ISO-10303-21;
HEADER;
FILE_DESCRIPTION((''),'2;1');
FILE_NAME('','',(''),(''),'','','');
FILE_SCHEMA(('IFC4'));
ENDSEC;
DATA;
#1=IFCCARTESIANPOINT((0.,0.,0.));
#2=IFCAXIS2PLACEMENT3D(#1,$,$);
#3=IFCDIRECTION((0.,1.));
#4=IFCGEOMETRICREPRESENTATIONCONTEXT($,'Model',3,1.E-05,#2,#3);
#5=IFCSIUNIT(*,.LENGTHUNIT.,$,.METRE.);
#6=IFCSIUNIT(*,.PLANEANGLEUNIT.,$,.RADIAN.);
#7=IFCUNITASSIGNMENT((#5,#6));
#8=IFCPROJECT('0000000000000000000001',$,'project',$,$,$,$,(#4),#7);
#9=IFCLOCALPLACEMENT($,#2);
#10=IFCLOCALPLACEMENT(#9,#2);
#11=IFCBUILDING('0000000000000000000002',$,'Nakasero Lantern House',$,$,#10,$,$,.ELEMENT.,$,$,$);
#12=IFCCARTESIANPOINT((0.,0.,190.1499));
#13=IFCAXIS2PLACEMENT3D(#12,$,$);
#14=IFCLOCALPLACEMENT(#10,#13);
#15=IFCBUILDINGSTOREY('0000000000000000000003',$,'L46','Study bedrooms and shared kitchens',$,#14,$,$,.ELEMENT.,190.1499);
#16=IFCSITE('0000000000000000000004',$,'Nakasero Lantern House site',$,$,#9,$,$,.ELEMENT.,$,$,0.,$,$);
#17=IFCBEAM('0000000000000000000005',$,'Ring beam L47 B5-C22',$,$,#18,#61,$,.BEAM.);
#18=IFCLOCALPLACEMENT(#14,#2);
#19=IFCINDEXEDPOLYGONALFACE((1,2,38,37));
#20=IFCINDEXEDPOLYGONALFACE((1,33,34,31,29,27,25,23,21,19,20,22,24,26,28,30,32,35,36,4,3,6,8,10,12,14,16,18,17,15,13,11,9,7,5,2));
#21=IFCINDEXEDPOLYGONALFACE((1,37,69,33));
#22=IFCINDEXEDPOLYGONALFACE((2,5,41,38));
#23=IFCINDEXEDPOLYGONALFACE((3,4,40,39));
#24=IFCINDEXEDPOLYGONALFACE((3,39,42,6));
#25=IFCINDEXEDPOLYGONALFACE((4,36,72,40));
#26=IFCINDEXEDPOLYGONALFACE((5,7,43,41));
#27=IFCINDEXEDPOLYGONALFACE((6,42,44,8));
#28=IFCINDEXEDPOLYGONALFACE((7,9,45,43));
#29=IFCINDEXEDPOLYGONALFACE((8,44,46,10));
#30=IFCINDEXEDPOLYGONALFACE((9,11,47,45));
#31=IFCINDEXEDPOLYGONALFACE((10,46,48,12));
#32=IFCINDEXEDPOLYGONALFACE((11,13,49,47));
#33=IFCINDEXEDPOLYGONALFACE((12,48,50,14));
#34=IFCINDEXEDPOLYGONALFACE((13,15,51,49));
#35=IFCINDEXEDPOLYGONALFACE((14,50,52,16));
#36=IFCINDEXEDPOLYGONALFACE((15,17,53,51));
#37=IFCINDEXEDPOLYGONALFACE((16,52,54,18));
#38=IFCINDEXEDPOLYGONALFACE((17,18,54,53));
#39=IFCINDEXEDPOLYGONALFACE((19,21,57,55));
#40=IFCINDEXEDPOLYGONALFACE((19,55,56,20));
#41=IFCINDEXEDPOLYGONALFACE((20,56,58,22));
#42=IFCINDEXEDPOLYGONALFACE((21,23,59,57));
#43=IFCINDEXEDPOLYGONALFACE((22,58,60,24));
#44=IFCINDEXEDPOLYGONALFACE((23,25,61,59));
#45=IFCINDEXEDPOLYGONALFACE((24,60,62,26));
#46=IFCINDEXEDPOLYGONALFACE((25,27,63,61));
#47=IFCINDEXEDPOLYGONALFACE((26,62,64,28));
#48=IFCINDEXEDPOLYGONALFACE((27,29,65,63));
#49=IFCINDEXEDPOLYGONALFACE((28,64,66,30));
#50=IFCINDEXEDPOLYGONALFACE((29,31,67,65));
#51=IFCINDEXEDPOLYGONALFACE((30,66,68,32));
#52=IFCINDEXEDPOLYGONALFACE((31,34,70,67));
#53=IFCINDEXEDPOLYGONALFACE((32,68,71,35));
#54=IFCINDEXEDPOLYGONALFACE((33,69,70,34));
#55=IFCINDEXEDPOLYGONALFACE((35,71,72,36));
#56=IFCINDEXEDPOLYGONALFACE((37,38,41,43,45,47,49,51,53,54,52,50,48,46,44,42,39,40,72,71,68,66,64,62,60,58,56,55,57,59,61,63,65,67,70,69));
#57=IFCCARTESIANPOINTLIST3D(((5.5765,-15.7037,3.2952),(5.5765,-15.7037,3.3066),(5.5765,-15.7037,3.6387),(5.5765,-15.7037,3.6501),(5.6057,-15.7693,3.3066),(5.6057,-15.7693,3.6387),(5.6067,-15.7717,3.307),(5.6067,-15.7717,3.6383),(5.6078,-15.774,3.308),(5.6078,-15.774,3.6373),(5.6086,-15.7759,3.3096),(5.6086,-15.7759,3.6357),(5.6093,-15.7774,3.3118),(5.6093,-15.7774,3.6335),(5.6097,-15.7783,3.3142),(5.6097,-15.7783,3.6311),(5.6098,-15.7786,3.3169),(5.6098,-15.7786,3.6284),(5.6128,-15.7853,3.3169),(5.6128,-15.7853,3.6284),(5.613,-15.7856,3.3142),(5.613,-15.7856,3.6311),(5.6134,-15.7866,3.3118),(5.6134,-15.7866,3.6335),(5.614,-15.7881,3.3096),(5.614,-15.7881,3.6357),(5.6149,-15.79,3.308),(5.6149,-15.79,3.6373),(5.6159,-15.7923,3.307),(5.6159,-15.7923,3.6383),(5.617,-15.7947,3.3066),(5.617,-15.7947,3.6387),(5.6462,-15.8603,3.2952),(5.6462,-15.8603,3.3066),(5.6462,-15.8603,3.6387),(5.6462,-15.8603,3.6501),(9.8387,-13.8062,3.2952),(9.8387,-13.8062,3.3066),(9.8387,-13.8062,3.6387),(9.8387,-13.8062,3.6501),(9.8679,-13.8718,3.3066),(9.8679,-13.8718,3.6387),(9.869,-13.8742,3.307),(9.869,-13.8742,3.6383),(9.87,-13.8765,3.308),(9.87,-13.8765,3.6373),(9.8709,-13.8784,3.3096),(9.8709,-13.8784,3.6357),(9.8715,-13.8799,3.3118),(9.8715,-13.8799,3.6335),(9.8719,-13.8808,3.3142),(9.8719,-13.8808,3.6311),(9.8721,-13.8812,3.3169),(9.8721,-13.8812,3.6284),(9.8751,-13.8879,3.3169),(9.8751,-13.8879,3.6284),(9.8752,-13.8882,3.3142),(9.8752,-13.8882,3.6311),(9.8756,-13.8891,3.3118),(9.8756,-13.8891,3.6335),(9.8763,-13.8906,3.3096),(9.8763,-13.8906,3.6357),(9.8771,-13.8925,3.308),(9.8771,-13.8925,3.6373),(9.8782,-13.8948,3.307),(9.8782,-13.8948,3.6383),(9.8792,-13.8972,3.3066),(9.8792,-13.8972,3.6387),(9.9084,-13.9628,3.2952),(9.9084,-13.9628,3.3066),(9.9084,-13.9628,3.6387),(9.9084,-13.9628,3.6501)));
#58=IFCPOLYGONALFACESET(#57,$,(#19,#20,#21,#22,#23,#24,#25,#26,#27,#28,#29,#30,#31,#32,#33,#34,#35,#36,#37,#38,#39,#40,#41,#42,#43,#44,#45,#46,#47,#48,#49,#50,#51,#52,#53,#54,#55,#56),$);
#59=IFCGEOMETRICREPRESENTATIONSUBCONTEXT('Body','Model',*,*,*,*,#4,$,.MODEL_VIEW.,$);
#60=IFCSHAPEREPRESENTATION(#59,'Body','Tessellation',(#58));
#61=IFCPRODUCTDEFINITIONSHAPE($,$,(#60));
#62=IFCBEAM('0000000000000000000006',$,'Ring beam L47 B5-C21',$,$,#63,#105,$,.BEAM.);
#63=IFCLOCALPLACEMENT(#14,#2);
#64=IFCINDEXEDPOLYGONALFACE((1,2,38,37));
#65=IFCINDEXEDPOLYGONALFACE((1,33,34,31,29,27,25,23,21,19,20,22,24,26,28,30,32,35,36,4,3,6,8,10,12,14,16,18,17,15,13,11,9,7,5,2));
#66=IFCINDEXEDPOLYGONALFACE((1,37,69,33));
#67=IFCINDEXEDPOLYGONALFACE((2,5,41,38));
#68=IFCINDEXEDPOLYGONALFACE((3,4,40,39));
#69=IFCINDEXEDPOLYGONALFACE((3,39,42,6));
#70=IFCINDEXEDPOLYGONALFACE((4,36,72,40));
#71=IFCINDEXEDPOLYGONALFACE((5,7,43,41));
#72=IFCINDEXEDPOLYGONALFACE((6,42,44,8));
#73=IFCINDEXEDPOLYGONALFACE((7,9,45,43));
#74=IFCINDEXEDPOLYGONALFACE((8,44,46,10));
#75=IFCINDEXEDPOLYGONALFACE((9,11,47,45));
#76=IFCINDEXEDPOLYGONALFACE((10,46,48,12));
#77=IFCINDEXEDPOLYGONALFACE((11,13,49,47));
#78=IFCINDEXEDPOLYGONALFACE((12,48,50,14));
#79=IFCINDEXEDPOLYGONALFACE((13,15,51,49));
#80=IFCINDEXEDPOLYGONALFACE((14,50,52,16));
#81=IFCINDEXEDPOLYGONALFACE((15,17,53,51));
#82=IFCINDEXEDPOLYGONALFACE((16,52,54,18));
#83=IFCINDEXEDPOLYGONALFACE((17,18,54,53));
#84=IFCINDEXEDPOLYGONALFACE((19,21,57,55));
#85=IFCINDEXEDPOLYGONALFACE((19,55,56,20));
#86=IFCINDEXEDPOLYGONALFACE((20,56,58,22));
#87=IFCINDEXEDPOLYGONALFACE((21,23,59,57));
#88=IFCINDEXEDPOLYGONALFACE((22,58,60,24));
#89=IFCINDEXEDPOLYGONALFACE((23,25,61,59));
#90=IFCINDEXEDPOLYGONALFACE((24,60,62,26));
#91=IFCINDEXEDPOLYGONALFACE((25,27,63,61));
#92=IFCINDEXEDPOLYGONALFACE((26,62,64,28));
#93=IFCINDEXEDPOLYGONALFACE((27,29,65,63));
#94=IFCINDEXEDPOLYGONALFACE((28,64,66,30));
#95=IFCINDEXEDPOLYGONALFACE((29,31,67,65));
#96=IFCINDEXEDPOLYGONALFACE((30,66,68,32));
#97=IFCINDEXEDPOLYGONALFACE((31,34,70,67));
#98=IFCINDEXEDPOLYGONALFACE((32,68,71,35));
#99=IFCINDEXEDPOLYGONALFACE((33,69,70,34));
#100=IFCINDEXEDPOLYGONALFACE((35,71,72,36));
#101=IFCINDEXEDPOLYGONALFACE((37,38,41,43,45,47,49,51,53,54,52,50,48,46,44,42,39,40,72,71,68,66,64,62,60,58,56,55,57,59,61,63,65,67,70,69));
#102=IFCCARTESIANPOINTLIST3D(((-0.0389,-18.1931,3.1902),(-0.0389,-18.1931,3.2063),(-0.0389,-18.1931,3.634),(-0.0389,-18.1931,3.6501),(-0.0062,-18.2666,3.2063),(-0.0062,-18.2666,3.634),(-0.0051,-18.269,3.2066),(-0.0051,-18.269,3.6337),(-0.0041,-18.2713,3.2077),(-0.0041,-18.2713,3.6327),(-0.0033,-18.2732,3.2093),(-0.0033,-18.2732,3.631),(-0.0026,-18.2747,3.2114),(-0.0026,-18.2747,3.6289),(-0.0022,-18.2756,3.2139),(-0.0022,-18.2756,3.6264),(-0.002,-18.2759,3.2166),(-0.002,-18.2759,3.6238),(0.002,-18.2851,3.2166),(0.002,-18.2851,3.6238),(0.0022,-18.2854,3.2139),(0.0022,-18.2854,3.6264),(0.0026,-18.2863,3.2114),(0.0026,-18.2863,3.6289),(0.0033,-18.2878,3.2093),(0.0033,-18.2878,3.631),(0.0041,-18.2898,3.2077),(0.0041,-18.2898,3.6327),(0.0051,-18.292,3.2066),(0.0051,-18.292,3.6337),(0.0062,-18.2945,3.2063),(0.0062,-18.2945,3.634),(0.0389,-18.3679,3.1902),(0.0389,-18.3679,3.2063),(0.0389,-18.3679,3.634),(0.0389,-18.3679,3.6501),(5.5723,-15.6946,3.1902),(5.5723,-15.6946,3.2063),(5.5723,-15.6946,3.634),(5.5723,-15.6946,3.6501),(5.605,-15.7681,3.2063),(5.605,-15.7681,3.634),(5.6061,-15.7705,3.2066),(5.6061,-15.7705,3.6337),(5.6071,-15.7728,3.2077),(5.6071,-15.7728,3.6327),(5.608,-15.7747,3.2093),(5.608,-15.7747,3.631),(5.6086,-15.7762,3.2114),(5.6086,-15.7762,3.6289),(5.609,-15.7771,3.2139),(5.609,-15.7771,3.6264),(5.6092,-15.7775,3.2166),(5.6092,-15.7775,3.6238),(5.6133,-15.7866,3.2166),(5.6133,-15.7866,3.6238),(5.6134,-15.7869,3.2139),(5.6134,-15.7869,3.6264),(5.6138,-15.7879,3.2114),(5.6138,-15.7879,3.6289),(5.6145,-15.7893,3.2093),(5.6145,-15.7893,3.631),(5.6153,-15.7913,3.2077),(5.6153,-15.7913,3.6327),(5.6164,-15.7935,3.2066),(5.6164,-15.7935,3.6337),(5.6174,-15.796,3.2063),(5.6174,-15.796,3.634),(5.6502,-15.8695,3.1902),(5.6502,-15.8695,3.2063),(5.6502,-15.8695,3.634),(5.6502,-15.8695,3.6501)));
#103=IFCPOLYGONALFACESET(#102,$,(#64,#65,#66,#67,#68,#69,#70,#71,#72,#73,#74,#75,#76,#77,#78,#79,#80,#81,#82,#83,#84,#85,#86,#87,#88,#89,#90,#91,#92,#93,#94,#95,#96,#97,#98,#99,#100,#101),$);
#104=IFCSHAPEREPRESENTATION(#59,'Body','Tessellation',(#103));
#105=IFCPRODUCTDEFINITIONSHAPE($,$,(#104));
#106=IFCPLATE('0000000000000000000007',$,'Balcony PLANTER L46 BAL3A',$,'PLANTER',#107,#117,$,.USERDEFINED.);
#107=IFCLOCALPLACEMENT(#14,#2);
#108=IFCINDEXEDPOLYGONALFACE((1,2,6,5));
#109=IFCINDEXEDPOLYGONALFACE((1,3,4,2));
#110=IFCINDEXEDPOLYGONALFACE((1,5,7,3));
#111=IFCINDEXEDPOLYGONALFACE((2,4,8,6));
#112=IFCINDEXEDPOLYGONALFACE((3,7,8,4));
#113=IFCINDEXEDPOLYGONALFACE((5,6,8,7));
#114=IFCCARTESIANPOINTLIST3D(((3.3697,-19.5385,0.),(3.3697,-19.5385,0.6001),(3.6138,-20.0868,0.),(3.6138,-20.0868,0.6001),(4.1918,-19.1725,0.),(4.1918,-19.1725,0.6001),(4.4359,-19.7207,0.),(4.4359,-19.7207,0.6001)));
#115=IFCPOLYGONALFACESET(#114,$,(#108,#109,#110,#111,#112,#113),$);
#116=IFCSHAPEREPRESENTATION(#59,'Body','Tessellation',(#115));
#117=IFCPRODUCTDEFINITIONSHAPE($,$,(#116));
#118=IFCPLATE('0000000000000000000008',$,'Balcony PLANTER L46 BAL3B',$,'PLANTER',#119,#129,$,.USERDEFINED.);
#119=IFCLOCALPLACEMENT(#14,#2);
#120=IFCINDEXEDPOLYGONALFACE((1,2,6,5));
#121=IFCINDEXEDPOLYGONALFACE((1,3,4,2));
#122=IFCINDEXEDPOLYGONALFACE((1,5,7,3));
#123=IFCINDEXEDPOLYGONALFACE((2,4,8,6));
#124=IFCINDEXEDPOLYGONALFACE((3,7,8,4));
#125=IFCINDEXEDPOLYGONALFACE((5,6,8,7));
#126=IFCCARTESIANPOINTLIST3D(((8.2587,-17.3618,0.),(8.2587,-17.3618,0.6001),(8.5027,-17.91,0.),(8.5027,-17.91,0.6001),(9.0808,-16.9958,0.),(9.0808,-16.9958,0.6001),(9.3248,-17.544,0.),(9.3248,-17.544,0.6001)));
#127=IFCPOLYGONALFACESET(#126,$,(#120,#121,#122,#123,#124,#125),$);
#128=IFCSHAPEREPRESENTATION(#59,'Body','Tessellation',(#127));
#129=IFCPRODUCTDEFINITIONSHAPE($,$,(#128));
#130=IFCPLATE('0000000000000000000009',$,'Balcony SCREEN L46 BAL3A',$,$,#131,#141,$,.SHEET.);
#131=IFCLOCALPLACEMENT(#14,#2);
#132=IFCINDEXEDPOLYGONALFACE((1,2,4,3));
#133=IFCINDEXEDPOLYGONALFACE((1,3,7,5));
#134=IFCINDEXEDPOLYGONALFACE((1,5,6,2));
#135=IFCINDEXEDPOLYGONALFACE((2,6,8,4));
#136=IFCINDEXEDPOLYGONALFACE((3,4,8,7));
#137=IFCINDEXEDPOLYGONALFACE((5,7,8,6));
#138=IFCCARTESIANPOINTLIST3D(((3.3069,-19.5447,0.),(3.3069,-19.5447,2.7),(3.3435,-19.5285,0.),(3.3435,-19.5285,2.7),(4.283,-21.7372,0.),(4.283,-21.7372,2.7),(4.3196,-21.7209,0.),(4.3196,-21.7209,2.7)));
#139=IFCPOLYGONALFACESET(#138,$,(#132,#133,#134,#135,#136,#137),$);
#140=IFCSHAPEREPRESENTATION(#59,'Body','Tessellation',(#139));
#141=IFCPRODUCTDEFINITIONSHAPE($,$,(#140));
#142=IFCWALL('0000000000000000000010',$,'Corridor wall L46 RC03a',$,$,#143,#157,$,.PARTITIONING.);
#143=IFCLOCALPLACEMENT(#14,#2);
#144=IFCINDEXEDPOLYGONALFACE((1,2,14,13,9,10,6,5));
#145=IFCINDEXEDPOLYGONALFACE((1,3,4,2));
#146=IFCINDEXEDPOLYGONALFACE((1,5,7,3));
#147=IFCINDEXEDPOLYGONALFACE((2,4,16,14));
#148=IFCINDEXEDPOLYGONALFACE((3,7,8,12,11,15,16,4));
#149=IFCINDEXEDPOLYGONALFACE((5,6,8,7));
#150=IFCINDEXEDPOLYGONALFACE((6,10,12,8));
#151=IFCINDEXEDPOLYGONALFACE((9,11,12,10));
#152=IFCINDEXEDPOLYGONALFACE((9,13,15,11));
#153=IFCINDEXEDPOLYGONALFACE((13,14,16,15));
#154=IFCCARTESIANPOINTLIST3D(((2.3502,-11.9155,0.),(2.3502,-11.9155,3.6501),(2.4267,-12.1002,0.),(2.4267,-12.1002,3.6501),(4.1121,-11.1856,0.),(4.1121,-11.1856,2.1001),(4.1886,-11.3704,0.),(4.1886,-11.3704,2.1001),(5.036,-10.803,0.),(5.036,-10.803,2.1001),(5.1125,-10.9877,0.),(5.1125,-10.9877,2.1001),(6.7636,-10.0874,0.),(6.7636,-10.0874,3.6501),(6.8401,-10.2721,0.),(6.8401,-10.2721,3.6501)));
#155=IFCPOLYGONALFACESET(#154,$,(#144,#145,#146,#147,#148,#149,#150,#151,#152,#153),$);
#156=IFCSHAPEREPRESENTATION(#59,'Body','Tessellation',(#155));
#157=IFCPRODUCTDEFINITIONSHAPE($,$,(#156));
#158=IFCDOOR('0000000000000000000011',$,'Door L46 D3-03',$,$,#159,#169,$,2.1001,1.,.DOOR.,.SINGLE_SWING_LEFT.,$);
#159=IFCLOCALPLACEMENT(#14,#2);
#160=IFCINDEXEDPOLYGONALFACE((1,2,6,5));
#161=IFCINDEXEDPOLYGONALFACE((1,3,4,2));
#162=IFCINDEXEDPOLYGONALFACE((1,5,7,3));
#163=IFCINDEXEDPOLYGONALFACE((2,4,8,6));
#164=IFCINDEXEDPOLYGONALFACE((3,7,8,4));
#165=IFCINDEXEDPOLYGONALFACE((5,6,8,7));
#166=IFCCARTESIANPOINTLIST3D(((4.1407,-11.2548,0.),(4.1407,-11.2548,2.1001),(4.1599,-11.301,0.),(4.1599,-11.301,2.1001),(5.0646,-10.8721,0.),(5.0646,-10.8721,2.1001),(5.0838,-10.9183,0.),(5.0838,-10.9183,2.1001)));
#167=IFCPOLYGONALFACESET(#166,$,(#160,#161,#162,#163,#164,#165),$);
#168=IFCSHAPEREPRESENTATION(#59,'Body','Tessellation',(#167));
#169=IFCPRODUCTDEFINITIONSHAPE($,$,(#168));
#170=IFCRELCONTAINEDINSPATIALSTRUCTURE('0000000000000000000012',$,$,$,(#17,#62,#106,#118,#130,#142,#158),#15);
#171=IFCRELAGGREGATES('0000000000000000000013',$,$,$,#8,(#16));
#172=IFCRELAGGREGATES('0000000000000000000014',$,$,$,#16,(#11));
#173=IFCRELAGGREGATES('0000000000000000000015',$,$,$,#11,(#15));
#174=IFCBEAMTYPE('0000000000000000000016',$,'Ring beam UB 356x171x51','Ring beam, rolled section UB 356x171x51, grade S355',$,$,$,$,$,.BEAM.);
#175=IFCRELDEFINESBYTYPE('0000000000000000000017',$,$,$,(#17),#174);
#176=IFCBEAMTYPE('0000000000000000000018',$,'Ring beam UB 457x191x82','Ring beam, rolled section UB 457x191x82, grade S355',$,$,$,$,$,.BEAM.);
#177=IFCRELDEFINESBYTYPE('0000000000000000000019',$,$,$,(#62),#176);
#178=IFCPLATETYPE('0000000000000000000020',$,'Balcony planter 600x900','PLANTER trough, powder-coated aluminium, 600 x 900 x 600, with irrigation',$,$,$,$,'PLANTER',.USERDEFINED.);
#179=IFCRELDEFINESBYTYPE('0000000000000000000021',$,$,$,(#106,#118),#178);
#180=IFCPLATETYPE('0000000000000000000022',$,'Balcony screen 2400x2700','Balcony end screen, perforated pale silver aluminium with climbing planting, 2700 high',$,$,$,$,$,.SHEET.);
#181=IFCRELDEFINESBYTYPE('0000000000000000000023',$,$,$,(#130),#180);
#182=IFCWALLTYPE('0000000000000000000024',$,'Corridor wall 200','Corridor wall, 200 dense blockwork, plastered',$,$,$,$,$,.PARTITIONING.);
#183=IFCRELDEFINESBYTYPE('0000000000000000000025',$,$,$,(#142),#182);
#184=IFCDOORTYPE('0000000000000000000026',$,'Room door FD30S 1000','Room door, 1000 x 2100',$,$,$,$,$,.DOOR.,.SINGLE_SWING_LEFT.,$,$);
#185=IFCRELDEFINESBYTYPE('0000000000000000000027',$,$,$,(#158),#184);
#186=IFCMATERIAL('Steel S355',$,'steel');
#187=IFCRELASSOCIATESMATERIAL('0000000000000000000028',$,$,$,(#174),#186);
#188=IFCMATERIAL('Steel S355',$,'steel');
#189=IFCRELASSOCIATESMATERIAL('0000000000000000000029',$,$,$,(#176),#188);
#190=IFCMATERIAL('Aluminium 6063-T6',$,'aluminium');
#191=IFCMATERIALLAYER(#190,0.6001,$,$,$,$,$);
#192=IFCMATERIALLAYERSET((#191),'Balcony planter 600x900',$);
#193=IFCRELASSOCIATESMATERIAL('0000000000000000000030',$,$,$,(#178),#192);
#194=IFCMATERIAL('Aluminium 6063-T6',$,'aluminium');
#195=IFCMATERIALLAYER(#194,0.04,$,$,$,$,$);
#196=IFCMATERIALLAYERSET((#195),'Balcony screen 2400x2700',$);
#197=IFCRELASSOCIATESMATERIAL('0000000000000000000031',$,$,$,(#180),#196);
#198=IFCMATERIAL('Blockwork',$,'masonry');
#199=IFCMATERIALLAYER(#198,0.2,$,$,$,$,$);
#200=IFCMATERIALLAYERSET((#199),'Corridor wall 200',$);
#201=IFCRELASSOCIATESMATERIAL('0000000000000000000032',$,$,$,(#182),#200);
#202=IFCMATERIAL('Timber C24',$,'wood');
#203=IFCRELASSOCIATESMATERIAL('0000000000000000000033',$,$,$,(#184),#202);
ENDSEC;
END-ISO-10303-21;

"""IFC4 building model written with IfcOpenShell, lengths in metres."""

from ifc_helpers import new_model, si_unit, direction, frame, frame_2d, origin, origin_2d, place, context, subcontext, project, spatial, rectangle, i_section, extrude, material, layer, layer_set, material_profile, profile_set, type_object, element, fill, save


model = new_model("IFC4")

# Units and contexts
model_context = context("Model", 3, precision=1e-05, world=origin(), true_north=direction((0.0, 1.0)))
body_context = subcontext(model_context, "Body", "Model", "MODEL_VIEW")
ifc_project = project(units=[si_unit("LENGTHUNIT", "METRE"), si_unit("PLANEANGLEUNIT", "RADIAN")], contexts=[model_context])

# Site, building, storey
site_placement = place(None, origin())
site = spatial("IfcSite", under=ifc_project, at=site_placement, Name="Nakasero Lantern House site", CompositionType="ELEMENT", RefElevation=0.0)
building_placement = place(site_placement, origin())
building = spatial("IfcBuilding", under=site, at=building_placement, Name="Nakasero Lantern House", CompositionType="ELEMENT")
storey_placement = place(building_placement, frame((0.0, 0.0, 190.1499)))
storey = spatial("IfcBuildingStorey", under=building, at=storey_placement, Name="L46", Description="Study bedrooms and shared kitchens", CompositionType="ELEMENT", Elevation=190.1499)

# Beams
ifc_material_1 = material(Name="Steel S355", Category="steel")
ifc_material_profile_1 = material_profile(ifc_material_1, i_section(OverallWidth=0.1714, OverallDepth=0.355, WebThickness=0.0073, FlangeThickness=0.0115, FilletRadius=0.0103, at=origin_2d()), Name="UB 356x171x51")
ifc_profile_set_1 = profile_set([ifc_material_profile_1], Name="Steel S355")
beam_type_1 = type_object("IfcBeamType", Name="Ring beam UB 356x171x51", Description="Ring beam, rolled section UB 356x171x51, grade S355", PredefinedType="BEAM", material=ifc_profile_set_1)
beam_1_placement = place(storey_placement, frame((5.6113, -15.782, 3.4727), z_axis=(0.913561, 0.406702, 0.0), x_axis=(-0.406702, 0.913561, 0.0)))
element("IfcBeam", 1, at=beam_1_placement, inside=storey, type_object=beam_type_1, Name="Ring beam L47 B5-C22", PredefinedType="BEAM", context=body_context, shape_type="SweptSolid", body=[
    extrude(i_section(OverallWidth=0.1714, OverallDepth=0.355, WebThickness=0.0073, FlangeThickness=0.0115, FilletRadius=0.0103, at=origin_2d()), origin(), (0.0, 0.0, 1.0), 4.6655),
])
ifc_material_2 = material(Name="Steel S355", Category="steel")
ifc_material_profile_2 = material_profile(ifc_material_2, i_section(OverallWidth=0.1914, OverallDepth=0.46, WebThickness=0.01, FlangeThickness=0.0161, FilletRadius=0.0103, at=origin_2d()), Name="UB 457x191x82")
ifc_profile_set_2 = profile_set([ifc_material_profile_2], Name="Steel S355")
beam_type_2 = type_object("IfcBeamType", Name="Ring beam UB 457x191x82", Description="Ring beam, rolled section UB 457x191x82, grade S355", PredefinedType="BEAM", material=ifc_profile_set_2)
beam_2_placement = place(storey_placement, frame((0.0, -18.2805, 3.4202), z_axis=(0.913533, 0.406765, 0.0), x_axis=(-0.406765, 0.913533, 0.0)))
element("IfcBeam", 2, at=beam_2_placement, inside=storey, type_object=beam_type_2, Name="Ring beam L47 B5-C21", PredefinedType="BEAM", context=body_context, shape_type="SweptSolid", body=[
    extrude(i_section(OverallWidth=0.1914, OverallDepth=0.46, WebThickness=0.01, FlangeThickness=0.0161, FilletRadius=0.0103, at=origin_2d()), origin(), (0.0, 0.0, 1.0), 6.1423),
])

# Plates
ifc_material_3 = material(Name="Aluminium 6063-T6", Category="aluminium")
ifc_layer_1 = layer(ifc_material_3, 0.6001)
ifc_layer_set_1 = layer_set([ifc_layer_1], Name="Balcony planter 600x900")
plate_type_1 = type_object("IfcPlateType", Name="Balcony planter 600x900", Description="PLANTER trough, powder-coated aluminium, 600 x 900 x 600, with irrigation", ElementType="PLANTER", PredefinedType="USERDEFINED", material=ifc_layer_set_1)
for number, where, z_axis, x_axis, name in (
    (3, (3.9028, -19.6296, 0.0), (0.0, 0.0, 1.0), (0.406737, -0.913545, 0.0), "Balcony PLANTER L46 BAL3A"),
    (4, (8.7917, -17.4529, 0.0), (0.0, 0.0, 1.0), (0.406737, -0.913545, 0.0), "Balcony PLANTER L46 BAL3B"),
):
    element("IfcPlate", number, at=place(storey_placement, frame(where, z_axis=z_axis, x_axis=x_axis)), inside=storey, type_object=plate_type_1, Name=name, ObjectType="PLANTER", PredefinedType="USERDEFINED", context=body_context, shape_type="SweptSolid", body=[
        extrude(rectangle(XDim=0.6001, YDim=0.8999, at=origin_2d()), origin(), (0.0, 0.0, 1.0), 0.6001),
    ])
ifc_material_4 = material(Name="Aluminium 6063-T6", Category="aluminium")
ifc_layer_2 = layer(ifc_material_4, 0.04)
ifc_layer_set_2 = layer_set([ifc_layer_2], Name="Balcony screen 2400x2700")
plate_type_2 = type_object("IfcPlateType", Name="Balcony screen 2400x2700", Description="Balcony end screen, perforated pale silver aluminium with climbing planting, 2700 high", PredefinedType="SHEET", material=ifc_layer_set_2)
plate_placement = place(storey_placement, frame((3.8132, -20.6328, 0.0), z_axis=(0.0, 0.0, 1.0), x_axis=(0.406737, -0.913545, 0.0)))
element("IfcPlate", 5, at=plate_placement, inside=storey, type_object=plate_type_2, Name="Balcony SCREEN L46 BAL3A", PredefinedType="SHEET", context=body_context, shape_type="SweptSolid", body=[
    extrude(rectangle(XDim=2.3999, YDim=0.04, at=origin_2d()), origin(), (0.0, 0.0, 1.0), 2.7),
])

# Wall, opening, door
ifc_material_5 = material(Name="Blockwork", Category="masonry")
ifc_layer_3 = layer(ifc_material_5, 0.2)
ifc_layer_set_3 = layer_set([ifc_layer_3], Name="Corridor wall 200")
wall_type_1 = type_object("IfcWallType", Name="Corridor wall 200", Description="Corridor wall, 200 dense blockwork, plastered", PredefinedType="PARTITIONING", material=ifc_layer_set_3)
wall_1_placement = place(storey_placement, frame((6.802, -10.1797, 0.0), z_axis=(0.0, 0.0, 1.0), x_axis=(-0.923882, -0.382677, 0.0)))
wall_1 = element("IfcWall", 6, at=wall_1_placement, inside=storey, type_object=wall_type_1, Name="Corridor wall L46 RC03a", PredefinedType="PARTITIONING", context=body_context, shape_type="SweptSolid", body=[
    extrude(rectangle(XDim=4.7771, YDim=0.2, at=frame_2d((2.3887, 0.0))), origin(), (0.0, 0.0, 1.0), 3.6501),
])
opening_1_placement = place(wall_1_placement, frame((1.8701, 0.0, 0.0)))
opening_1 = element("IfcOpeningElement", 7, at=opening_1_placement, cuts=wall_1, PredefinedType="OPENING", context=body_context, shape_type="SweptSolid", body=[
    extrude(rectangle(XDim=1.0, YDim=2.1001, at=frame_2d((0.5, 1.05))), frame((0.0, 0.1199, 0.0), z_axis=(0.0, -1.0, 0.0), x_axis=(1.0, 0.0, 0.0)), (0.0, 0.0, 1.0), 0.24),
])
ifc_material_6 = material(Name="Timber C24", Category="wood")
door_type_1 = type_object("IfcDoorType", Name="Room door FD30S 1000", Description="Room door, 1000 x 2100", OperationType="SINGLE_SWING_LEFT", PredefinedType="DOOR", material=ifc_material_6)
door_1_placement = place(opening_1_placement, origin())
door_1 = element("IfcDoor", 8, at=door_1_placement, inside=storey, type_object=door_type_1, Name="Door L46 D3-03", OperationType="SINGLE_SWING_LEFT", OverallHeight=2.1001, OverallWidth=1.0, PredefinedType="DOOR", context=body_context, shape_type="SweptSolid", body=[
    extrude(rectangle(XDim=1.0, YDim=2.1001, at=frame_2d((0.5, 1.05))), frame((0.0, 0.0249, 0.0), z_axis=(0.0, -1.0, 0.0), x_axis=(1.0, 0.0, 0.0)), (0.0, 0.0, 1.0), 0.05),
])
fill(opening_1, door_1)

save(model, "model.ifc")
